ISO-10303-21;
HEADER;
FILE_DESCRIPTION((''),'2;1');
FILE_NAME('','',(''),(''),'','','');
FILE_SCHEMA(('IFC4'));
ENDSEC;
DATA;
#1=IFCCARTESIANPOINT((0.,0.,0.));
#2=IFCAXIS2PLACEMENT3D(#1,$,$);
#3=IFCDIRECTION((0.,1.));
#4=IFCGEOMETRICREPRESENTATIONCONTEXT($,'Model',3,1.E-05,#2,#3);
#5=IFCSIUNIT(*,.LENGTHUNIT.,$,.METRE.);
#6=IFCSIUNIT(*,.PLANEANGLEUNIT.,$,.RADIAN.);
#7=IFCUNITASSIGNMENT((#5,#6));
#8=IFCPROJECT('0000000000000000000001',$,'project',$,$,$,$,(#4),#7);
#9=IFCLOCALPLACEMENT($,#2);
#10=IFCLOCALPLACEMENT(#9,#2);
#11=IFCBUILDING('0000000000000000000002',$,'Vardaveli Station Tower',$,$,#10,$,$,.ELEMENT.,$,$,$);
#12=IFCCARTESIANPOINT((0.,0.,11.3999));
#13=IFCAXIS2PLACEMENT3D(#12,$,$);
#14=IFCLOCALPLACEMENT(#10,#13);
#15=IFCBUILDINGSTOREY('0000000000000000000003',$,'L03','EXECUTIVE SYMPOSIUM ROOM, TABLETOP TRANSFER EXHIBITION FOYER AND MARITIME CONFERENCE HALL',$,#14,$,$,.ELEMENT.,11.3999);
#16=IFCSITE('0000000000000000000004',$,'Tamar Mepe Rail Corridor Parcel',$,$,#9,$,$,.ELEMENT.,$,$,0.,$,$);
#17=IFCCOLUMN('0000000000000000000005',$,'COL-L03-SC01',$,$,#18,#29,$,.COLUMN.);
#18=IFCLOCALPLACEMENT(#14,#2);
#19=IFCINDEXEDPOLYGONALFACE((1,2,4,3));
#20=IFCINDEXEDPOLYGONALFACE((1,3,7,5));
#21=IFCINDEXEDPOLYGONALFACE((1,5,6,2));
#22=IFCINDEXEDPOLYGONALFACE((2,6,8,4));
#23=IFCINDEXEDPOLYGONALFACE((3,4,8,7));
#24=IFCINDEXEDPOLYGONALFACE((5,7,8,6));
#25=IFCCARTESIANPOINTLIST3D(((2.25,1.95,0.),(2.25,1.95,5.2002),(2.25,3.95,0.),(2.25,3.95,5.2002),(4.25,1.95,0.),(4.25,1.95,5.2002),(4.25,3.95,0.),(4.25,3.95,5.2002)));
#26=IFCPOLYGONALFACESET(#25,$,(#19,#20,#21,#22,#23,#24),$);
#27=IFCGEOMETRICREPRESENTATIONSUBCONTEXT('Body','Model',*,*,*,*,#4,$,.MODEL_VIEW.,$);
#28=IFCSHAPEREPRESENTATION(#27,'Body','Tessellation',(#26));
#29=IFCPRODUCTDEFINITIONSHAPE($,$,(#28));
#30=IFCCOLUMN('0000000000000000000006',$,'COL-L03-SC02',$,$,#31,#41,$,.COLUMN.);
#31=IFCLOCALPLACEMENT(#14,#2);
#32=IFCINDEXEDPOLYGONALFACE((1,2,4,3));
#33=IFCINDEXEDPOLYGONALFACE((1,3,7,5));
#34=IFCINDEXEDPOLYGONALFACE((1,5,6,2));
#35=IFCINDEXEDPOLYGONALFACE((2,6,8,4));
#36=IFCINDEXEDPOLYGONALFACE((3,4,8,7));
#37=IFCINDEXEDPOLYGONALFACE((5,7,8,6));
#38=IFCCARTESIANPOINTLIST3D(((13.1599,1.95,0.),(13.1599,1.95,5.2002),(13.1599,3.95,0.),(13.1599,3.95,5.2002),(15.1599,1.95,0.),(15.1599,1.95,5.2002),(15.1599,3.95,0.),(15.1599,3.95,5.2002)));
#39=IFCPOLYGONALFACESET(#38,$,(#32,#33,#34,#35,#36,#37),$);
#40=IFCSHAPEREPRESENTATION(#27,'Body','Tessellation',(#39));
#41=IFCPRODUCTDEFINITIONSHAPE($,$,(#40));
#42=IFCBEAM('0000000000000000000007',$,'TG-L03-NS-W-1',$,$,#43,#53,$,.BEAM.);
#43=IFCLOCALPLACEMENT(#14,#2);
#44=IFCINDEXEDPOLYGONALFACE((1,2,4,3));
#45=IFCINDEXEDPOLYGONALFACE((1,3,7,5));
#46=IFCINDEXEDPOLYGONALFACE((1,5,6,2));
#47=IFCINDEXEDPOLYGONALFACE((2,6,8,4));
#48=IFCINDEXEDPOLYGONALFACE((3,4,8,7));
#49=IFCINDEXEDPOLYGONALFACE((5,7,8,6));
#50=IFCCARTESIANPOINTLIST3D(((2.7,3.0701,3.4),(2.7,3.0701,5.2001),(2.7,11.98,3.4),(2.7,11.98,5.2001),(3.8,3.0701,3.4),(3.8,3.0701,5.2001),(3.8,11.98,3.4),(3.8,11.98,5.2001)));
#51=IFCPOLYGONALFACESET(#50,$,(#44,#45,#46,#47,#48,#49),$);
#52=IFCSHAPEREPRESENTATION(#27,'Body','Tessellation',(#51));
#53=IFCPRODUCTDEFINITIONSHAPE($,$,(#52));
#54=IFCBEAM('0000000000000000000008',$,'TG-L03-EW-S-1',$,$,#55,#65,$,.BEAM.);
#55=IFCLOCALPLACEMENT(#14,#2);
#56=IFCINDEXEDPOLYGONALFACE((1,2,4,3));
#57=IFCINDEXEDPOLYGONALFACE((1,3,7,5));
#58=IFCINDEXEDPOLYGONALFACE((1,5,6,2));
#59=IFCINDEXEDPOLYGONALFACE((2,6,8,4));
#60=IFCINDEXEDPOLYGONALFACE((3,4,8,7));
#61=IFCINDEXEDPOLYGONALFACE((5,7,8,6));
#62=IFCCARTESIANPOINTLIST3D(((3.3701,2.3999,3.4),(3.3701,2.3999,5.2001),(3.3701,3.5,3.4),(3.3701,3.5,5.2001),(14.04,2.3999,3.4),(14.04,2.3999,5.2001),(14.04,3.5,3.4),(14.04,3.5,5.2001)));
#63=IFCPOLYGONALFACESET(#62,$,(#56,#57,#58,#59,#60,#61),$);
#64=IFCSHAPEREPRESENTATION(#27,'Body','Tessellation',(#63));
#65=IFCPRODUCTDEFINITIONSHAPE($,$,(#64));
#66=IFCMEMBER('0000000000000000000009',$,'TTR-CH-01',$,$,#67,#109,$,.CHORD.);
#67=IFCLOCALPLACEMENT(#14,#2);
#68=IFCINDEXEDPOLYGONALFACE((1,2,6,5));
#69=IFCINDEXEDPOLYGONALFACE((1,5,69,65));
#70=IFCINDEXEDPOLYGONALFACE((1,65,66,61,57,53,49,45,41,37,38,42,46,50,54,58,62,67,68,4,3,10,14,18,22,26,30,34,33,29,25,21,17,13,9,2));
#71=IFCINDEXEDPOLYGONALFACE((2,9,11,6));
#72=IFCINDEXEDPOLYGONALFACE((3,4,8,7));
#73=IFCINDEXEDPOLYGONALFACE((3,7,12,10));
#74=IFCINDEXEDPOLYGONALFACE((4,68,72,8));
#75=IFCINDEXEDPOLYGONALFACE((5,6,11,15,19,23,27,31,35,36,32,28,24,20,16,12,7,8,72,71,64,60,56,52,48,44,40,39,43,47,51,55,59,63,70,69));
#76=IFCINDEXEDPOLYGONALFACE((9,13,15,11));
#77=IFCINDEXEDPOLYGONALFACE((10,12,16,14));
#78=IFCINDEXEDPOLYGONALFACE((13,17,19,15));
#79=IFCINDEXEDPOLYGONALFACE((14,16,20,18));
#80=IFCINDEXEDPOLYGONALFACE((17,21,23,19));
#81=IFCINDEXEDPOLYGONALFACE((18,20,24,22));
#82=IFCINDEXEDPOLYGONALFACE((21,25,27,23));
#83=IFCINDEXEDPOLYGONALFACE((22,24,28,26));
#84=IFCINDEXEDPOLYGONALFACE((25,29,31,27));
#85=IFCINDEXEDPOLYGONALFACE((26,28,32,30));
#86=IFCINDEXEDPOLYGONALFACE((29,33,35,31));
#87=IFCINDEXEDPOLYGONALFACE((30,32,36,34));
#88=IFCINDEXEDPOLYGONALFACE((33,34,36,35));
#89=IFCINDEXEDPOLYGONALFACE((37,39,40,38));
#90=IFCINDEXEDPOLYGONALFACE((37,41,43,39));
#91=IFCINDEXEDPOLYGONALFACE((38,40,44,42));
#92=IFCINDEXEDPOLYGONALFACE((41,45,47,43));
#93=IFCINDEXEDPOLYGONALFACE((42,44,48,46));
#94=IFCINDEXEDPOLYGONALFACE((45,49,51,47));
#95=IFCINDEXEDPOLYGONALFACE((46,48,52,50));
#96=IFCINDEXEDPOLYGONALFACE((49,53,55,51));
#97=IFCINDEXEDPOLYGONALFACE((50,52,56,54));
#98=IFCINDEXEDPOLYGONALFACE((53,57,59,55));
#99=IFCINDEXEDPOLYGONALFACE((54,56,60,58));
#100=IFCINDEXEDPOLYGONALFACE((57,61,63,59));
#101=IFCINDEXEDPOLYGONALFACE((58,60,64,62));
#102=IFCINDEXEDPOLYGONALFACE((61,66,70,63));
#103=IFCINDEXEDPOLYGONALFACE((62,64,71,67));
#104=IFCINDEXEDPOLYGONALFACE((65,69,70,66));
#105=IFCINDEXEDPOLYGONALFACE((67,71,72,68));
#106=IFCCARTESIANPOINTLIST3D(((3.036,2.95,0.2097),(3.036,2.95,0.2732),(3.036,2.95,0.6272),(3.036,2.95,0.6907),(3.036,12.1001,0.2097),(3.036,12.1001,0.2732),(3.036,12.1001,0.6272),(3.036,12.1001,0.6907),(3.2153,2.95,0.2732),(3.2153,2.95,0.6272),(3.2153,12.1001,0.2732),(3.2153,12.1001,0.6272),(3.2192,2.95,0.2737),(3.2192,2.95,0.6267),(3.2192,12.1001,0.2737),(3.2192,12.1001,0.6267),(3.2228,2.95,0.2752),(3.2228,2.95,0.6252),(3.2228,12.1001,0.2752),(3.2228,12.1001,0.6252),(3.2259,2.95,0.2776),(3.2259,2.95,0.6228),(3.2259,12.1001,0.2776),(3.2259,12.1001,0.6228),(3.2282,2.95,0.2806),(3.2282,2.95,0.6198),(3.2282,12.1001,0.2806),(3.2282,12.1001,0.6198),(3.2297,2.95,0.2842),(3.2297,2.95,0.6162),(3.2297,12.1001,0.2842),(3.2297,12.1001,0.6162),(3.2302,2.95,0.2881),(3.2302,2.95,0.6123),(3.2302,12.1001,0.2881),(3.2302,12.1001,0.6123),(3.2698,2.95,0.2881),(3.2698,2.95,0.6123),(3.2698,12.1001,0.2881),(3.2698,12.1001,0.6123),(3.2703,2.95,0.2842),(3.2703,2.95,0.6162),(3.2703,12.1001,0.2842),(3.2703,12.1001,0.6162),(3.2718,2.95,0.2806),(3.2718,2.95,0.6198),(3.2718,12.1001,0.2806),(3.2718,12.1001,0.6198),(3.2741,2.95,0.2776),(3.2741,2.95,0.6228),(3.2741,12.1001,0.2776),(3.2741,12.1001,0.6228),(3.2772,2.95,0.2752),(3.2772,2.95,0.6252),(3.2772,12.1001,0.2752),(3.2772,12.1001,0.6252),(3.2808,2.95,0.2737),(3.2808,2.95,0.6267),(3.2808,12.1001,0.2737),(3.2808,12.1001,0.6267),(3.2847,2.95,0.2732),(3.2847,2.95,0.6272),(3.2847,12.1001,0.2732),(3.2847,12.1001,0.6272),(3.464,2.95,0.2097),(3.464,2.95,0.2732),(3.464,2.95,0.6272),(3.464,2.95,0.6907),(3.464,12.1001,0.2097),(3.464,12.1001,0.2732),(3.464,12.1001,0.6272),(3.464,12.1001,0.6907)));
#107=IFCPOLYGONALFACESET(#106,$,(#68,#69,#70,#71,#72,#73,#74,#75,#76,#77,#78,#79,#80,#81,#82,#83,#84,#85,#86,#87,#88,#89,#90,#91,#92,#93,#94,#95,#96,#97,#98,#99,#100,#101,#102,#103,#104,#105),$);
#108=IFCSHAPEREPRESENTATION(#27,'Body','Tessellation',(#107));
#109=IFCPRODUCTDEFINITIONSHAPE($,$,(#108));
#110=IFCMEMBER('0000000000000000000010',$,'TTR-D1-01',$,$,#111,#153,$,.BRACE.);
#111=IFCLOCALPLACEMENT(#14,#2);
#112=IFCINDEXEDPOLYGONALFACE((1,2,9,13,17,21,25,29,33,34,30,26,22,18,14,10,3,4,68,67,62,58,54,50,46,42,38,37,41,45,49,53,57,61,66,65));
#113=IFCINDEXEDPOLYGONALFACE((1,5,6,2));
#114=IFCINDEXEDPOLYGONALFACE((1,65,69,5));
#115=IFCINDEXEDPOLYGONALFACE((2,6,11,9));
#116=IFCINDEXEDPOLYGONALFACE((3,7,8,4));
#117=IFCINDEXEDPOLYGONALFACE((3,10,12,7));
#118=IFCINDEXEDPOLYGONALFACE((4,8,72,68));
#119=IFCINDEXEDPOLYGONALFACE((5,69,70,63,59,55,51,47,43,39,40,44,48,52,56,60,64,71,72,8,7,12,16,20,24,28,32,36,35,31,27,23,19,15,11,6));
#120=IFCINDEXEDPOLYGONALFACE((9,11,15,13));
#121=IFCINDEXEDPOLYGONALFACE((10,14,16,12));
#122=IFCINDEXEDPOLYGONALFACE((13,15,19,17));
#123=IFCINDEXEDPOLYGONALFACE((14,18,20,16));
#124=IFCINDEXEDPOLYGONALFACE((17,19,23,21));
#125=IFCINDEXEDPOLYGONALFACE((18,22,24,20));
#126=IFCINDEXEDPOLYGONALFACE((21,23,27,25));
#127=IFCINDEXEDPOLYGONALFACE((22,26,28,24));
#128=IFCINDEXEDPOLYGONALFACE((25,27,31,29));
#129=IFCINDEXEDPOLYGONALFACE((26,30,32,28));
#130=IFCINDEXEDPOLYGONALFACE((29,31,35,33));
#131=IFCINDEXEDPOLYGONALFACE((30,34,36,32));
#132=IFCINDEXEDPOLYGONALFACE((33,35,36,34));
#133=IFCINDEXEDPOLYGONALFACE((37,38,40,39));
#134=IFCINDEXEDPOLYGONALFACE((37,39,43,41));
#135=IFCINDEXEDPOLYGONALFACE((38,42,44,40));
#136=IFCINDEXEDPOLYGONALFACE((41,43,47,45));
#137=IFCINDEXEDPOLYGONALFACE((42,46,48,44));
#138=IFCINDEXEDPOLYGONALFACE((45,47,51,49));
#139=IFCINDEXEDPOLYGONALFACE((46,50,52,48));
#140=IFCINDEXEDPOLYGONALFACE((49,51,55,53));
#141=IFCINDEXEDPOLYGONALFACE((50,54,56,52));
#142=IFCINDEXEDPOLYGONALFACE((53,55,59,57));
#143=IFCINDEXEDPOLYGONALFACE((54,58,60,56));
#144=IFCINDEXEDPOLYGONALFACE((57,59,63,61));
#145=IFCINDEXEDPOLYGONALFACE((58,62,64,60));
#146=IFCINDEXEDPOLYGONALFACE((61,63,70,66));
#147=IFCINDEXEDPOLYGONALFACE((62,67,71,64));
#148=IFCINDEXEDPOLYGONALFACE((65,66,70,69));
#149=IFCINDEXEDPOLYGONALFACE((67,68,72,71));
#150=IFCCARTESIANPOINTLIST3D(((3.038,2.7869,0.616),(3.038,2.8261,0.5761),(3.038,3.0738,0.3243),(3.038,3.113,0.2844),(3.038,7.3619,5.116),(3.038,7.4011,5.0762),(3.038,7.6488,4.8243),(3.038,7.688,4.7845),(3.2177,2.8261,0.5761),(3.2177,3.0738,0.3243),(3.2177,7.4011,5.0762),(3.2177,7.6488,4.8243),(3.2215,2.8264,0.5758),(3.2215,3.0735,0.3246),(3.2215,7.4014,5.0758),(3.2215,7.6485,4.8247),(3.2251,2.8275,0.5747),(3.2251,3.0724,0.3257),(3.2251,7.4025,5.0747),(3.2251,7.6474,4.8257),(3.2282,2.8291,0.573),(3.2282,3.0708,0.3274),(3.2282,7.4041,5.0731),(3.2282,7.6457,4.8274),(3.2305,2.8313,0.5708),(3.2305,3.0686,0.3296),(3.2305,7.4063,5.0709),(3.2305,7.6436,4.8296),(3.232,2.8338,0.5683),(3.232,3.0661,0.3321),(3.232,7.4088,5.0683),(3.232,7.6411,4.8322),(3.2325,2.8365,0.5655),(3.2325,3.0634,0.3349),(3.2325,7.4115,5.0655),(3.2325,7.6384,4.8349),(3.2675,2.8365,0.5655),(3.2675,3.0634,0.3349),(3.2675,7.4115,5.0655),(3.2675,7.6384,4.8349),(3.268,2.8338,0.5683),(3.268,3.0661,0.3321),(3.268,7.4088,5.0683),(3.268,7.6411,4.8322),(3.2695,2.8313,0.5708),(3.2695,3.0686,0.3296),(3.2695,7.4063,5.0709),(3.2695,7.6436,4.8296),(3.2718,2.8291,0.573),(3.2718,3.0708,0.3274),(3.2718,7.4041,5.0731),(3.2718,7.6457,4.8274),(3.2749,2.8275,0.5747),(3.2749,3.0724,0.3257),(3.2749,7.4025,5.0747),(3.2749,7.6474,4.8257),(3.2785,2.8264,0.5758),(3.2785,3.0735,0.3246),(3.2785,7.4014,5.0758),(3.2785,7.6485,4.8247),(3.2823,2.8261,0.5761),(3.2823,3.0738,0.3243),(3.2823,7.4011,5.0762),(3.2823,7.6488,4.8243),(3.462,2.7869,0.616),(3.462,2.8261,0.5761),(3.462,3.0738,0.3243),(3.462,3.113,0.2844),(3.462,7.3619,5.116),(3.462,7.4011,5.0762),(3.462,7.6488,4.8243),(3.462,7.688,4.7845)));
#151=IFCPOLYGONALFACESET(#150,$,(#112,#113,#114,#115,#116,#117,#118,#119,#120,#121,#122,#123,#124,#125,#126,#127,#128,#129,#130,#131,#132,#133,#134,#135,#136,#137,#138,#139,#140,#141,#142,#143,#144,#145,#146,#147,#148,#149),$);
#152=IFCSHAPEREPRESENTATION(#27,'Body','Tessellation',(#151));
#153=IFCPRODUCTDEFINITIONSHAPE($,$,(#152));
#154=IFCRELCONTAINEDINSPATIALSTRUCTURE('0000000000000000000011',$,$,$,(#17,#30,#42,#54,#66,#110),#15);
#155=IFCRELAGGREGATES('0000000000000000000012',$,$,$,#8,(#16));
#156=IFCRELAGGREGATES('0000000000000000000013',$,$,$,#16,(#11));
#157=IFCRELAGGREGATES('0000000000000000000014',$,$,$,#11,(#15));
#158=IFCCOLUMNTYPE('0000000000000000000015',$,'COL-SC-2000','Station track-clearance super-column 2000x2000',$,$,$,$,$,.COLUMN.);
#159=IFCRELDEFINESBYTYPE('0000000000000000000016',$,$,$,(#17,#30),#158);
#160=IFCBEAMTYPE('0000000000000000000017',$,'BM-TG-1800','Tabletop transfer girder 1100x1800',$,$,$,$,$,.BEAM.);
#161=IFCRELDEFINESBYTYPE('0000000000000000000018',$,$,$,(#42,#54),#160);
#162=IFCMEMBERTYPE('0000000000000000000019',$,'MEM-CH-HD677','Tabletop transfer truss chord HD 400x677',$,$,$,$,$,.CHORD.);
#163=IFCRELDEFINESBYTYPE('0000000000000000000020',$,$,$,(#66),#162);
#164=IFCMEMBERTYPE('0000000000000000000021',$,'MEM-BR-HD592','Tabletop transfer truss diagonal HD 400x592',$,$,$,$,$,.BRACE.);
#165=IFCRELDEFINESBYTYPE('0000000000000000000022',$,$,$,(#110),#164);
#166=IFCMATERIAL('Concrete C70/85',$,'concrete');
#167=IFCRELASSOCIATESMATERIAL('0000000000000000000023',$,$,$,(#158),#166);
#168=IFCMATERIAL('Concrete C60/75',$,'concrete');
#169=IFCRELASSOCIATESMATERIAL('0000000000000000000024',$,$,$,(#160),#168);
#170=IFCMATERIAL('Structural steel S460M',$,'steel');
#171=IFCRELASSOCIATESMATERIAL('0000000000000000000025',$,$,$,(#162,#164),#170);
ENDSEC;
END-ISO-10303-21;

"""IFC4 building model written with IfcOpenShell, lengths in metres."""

from ifc_helpers import new_model, si_unit, direction, frame, origin, origin_2d, place, context, subcontext, project, spatial, rectangle, i_section, extrude, source, transform, mapped, material, material_profile, profile_set, type_object, element, save


model = new_model("IFC4")

# Units and contexts
model_context = context("Model", 3, precision=1e-05, world=origin(), true_north=direction((0.0, 1.0)))
body_context = subcontext(model_context, "Body", "Model", "MODEL_VIEW")
ifc_project = project(units=[si_unit("LENGTHUNIT", "METRE"), si_unit("PLANEANGLEUNIT", "RADIAN")], contexts=[model_context])

# Site, building, storey
site_placement = place(None, origin())
site = spatial("IfcSite", under=ifc_project, at=site_placement, Name="Tamar Mepe Rail Corridor Parcel", CompositionType="ELEMENT", RefElevation=0.0)
building_placement = place(site_placement, origin())
building = spatial("IfcBuilding", under=site, at=building_placement, Name="Vardaveli Station Tower", CompositionType="ELEMENT")
storey_placement = place(building_placement, frame((0.0, 0.0, 11.3999)))
storey = spatial("IfcBuildingStorey", under=building, at=storey_placement, Name="L03", Description="EXECUTIVE SYMPOSIUM ROOM, TABLETOP TRANSFER EXHIBITION FOYER AND MARITIME CONFERENCE HALL", CompositionType="ELEMENT", Elevation=11.3999)

# Columns
ifc_material_1 = material(Name="Concrete C70/85", Category="concrete")
ifc_material_profile_1 = material_profile(ifc_material_1, rectangle(XDim=2.0, YDim=2.0, at=origin_2d()), Name="SC 2000x2000")
ifc_profile_set_1 = profile_set([ifc_material_profile_1], Name="Concrete C70/85")
column_type = type_object("IfcColumnType", Name="COL-SC-2000", Description="Station track-clearance super-column 2000x2000", PredefinedType="COLUMN", material=ifc_profile_set_1)
shared_shape_1 = source(origin(), body_context, "Body", "SweptSolid", [
    extrude(rectangle(XDim=2.0, YDim=2.0, at=origin_2d()), origin(), (0.0, 0.0, 1.0), 5.2002),
])
for number, where, z_axis, x_axis, name in (
    (1, (3.25, 2.95, 0.0), (0.0, 0.0, 1.0), (1.0, 0.0, 0.0), "COL-L03-SC01"),
    (2, (14.1599, 2.95, 0.0), (0.0, 0.0, 1.0), (1.0, 0.0, 0.0), "COL-L03-SC02"),
):
    element("IfcColumn", number, at=place(storey_placement, frame(where, z_axis=z_axis, x_axis=x_axis)), inside=storey, type_object=column_type, Name=name, PredefinedType="COLUMN", context=body_context, shape_type="MappedRepresentation", body=[
        mapped(shared_shape_1, transform((0.0, 0.0, 0.0), scale=1.0)),
    ])

# Beams
ifc_material_2 = material(Name="Concrete C60/75", Category="concrete")
ifc_material_profile_2 = material_profile(ifc_material_2, rectangle(XDim=1.1001, YDim=1.8, at=origin_2d()), Name="TG 1100x1800")
ifc_profile_set_2 = profile_set([ifc_material_profile_2], Name="Concrete C60/75")
beam_type_1 = type_object("IfcBeamType", Name="BM-TG-1800", Description="Tabletop transfer girder 1100x1800", PredefinedType="BEAM", material=ifc_profile_set_2)
shared_shape_2 = source(origin(), body_context, "Body", "SweptSolid", [
    extrude(rectangle(XDim=1.1001, YDim=1.8, at=origin_2d()), origin(), (0.0, 0.0, 1.0), 8.9099),
])
beam_1_placement = place(storey_placement, frame((3.25, 3.0701, 4.3), z_axis=(0.0, 1.0, 0.0), x_axis=(-1.0, 0.0, 0.0)))
element("IfcBeam", 3, at=beam_1_placement, inside=storey, type_object=beam_type_1, Name="TG-L03-NS-W-1", PredefinedType="BEAM", context=body_context, shape_type="MappedRepresentation", body=[
    mapped(shared_shape_2, transform((0.0, 0.0, 0.0), scale=1.0)),
])
shared_shape_3 = source(origin(), body_context, "Body", "SweptSolid", [
    extrude(rectangle(XDim=1.1001, YDim=1.8, at=origin_2d()), origin(), (0.0, 0.0, 1.0), 10.6699),
])
beam_2_placement = place(storey_placement, frame((3.3701, 2.95, 4.3), z_axis=(1.0, 0.0, 0.0), x_axis=(0.0, 1.0, 0.0)))
element("IfcBeam", 4, at=beam_2_placement, inside=storey, type_object=beam_type_1, Name="TG-L03-EW-S-1", PredefinedType="BEAM", context=body_context, shape_type="MappedRepresentation", body=[
    mapped(shared_shape_3, transform((0.0, 0.0, 0.0), scale=1.0)),
])

# Members
ifc_material_3 = material(Name="Structural steel S460M", Category="steel")
ifc_material_profile_3 = material_profile(ifc_material_3, i_section(OverallWidth=0.428, OverallDepth=0.481, WebThickness=0.0396, FlangeThickness=0.0635, FilletRadius=0.0149, at=origin_2d()), Name="HD 400x677")
ifc_profile_set_3 = profile_set([ifc_material_profile_3], Name="Structural steel S460M")
member_type_1 = type_object("IfcMemberType", Name="MEM-CH-HD677", Description="Tabletop transfer truss chord HD 400x677", PredefinedType="CHORD", material=ifc_profile_set_3)
shared_shape_4 = source(origin(), body_context, "Body", "SweptSolid", [
    extrude(i_section(OverallWidth=0.428, OverallDepth=0.481, WebThickness=0.0396, FlangeThickness=0.0635, FilletRadius=0.0149, at=origin_2d()), origin(), (0.0, 0.0, 1.0), 9.1501),
])
member_1_placement = place(storey_placement, frame((3.25, 2.95, 0.4502), z_axis=(0.0, 1.0, 0.0), x_axis=(-1.0, 0.0, 0.0)))
element("IfcMember", 5, at=member_1_placement, inside=storey, type_object=member_type_1, Name="TTR-CH-01", PredefinedType="CHORD", context=body_context, shape_type="MappedRepresentation", body=[
    mapped(shared_shape_4, transform((0.0, 0.0, 0.0), scale=1.0)),
])
ifc_material_profile_4 = material_profile(ifc_material_3, i_section(OverallWidth=0.4241, OverallDepth=0.4651, WebThickness=0.0349, FlangeThickness=0.0559, FilletRadius=0.0149, at=origin_2d()), Name="HD 400x592")
ifc_profile_set_4 = profile_set([ifc_material_profile_4], Name="Structural steel S460M")
member_type_2 = type_object("IfcMemberType", Name="MEM-BR-HD592", Description="Tabletop transfer truss diagonal HD 400x592", PredefinedType="BRACE", material=ifc_profile_set_4)
shared_shape_5 = source(origin(), body_context, "Body", "SweptSolid", [
    extrude(i_section(OverallWidth=0.4241, OverallDepth=0.4651, WebThickness=0.0349, FlangeThickness=0.0559, FilletRadius=0.0149, at=origin_2d()), origin(), (0.0, 0.0, 1.0), 6.4172),
])
member_2_placement = place(storey_placement, frame((3.25, 2.95, 0.4502), z_axis=(0.0, 0.712923, 0.701243), x_axis=(-1.0, 0.0, 0.0)))
element("IfcMember", 6, at=member_2_placement, inside=storey, type_object=member_type_2, Name="TTR-D1-01", PredefinedType="BRACE", context=body_context, shape_type="MappedRepresentation", body=[
    mapped(shared_shape_5, transform((0.0, 0.0, 0.0), scale=1.0)),
])

save(model, "model.ifc")
